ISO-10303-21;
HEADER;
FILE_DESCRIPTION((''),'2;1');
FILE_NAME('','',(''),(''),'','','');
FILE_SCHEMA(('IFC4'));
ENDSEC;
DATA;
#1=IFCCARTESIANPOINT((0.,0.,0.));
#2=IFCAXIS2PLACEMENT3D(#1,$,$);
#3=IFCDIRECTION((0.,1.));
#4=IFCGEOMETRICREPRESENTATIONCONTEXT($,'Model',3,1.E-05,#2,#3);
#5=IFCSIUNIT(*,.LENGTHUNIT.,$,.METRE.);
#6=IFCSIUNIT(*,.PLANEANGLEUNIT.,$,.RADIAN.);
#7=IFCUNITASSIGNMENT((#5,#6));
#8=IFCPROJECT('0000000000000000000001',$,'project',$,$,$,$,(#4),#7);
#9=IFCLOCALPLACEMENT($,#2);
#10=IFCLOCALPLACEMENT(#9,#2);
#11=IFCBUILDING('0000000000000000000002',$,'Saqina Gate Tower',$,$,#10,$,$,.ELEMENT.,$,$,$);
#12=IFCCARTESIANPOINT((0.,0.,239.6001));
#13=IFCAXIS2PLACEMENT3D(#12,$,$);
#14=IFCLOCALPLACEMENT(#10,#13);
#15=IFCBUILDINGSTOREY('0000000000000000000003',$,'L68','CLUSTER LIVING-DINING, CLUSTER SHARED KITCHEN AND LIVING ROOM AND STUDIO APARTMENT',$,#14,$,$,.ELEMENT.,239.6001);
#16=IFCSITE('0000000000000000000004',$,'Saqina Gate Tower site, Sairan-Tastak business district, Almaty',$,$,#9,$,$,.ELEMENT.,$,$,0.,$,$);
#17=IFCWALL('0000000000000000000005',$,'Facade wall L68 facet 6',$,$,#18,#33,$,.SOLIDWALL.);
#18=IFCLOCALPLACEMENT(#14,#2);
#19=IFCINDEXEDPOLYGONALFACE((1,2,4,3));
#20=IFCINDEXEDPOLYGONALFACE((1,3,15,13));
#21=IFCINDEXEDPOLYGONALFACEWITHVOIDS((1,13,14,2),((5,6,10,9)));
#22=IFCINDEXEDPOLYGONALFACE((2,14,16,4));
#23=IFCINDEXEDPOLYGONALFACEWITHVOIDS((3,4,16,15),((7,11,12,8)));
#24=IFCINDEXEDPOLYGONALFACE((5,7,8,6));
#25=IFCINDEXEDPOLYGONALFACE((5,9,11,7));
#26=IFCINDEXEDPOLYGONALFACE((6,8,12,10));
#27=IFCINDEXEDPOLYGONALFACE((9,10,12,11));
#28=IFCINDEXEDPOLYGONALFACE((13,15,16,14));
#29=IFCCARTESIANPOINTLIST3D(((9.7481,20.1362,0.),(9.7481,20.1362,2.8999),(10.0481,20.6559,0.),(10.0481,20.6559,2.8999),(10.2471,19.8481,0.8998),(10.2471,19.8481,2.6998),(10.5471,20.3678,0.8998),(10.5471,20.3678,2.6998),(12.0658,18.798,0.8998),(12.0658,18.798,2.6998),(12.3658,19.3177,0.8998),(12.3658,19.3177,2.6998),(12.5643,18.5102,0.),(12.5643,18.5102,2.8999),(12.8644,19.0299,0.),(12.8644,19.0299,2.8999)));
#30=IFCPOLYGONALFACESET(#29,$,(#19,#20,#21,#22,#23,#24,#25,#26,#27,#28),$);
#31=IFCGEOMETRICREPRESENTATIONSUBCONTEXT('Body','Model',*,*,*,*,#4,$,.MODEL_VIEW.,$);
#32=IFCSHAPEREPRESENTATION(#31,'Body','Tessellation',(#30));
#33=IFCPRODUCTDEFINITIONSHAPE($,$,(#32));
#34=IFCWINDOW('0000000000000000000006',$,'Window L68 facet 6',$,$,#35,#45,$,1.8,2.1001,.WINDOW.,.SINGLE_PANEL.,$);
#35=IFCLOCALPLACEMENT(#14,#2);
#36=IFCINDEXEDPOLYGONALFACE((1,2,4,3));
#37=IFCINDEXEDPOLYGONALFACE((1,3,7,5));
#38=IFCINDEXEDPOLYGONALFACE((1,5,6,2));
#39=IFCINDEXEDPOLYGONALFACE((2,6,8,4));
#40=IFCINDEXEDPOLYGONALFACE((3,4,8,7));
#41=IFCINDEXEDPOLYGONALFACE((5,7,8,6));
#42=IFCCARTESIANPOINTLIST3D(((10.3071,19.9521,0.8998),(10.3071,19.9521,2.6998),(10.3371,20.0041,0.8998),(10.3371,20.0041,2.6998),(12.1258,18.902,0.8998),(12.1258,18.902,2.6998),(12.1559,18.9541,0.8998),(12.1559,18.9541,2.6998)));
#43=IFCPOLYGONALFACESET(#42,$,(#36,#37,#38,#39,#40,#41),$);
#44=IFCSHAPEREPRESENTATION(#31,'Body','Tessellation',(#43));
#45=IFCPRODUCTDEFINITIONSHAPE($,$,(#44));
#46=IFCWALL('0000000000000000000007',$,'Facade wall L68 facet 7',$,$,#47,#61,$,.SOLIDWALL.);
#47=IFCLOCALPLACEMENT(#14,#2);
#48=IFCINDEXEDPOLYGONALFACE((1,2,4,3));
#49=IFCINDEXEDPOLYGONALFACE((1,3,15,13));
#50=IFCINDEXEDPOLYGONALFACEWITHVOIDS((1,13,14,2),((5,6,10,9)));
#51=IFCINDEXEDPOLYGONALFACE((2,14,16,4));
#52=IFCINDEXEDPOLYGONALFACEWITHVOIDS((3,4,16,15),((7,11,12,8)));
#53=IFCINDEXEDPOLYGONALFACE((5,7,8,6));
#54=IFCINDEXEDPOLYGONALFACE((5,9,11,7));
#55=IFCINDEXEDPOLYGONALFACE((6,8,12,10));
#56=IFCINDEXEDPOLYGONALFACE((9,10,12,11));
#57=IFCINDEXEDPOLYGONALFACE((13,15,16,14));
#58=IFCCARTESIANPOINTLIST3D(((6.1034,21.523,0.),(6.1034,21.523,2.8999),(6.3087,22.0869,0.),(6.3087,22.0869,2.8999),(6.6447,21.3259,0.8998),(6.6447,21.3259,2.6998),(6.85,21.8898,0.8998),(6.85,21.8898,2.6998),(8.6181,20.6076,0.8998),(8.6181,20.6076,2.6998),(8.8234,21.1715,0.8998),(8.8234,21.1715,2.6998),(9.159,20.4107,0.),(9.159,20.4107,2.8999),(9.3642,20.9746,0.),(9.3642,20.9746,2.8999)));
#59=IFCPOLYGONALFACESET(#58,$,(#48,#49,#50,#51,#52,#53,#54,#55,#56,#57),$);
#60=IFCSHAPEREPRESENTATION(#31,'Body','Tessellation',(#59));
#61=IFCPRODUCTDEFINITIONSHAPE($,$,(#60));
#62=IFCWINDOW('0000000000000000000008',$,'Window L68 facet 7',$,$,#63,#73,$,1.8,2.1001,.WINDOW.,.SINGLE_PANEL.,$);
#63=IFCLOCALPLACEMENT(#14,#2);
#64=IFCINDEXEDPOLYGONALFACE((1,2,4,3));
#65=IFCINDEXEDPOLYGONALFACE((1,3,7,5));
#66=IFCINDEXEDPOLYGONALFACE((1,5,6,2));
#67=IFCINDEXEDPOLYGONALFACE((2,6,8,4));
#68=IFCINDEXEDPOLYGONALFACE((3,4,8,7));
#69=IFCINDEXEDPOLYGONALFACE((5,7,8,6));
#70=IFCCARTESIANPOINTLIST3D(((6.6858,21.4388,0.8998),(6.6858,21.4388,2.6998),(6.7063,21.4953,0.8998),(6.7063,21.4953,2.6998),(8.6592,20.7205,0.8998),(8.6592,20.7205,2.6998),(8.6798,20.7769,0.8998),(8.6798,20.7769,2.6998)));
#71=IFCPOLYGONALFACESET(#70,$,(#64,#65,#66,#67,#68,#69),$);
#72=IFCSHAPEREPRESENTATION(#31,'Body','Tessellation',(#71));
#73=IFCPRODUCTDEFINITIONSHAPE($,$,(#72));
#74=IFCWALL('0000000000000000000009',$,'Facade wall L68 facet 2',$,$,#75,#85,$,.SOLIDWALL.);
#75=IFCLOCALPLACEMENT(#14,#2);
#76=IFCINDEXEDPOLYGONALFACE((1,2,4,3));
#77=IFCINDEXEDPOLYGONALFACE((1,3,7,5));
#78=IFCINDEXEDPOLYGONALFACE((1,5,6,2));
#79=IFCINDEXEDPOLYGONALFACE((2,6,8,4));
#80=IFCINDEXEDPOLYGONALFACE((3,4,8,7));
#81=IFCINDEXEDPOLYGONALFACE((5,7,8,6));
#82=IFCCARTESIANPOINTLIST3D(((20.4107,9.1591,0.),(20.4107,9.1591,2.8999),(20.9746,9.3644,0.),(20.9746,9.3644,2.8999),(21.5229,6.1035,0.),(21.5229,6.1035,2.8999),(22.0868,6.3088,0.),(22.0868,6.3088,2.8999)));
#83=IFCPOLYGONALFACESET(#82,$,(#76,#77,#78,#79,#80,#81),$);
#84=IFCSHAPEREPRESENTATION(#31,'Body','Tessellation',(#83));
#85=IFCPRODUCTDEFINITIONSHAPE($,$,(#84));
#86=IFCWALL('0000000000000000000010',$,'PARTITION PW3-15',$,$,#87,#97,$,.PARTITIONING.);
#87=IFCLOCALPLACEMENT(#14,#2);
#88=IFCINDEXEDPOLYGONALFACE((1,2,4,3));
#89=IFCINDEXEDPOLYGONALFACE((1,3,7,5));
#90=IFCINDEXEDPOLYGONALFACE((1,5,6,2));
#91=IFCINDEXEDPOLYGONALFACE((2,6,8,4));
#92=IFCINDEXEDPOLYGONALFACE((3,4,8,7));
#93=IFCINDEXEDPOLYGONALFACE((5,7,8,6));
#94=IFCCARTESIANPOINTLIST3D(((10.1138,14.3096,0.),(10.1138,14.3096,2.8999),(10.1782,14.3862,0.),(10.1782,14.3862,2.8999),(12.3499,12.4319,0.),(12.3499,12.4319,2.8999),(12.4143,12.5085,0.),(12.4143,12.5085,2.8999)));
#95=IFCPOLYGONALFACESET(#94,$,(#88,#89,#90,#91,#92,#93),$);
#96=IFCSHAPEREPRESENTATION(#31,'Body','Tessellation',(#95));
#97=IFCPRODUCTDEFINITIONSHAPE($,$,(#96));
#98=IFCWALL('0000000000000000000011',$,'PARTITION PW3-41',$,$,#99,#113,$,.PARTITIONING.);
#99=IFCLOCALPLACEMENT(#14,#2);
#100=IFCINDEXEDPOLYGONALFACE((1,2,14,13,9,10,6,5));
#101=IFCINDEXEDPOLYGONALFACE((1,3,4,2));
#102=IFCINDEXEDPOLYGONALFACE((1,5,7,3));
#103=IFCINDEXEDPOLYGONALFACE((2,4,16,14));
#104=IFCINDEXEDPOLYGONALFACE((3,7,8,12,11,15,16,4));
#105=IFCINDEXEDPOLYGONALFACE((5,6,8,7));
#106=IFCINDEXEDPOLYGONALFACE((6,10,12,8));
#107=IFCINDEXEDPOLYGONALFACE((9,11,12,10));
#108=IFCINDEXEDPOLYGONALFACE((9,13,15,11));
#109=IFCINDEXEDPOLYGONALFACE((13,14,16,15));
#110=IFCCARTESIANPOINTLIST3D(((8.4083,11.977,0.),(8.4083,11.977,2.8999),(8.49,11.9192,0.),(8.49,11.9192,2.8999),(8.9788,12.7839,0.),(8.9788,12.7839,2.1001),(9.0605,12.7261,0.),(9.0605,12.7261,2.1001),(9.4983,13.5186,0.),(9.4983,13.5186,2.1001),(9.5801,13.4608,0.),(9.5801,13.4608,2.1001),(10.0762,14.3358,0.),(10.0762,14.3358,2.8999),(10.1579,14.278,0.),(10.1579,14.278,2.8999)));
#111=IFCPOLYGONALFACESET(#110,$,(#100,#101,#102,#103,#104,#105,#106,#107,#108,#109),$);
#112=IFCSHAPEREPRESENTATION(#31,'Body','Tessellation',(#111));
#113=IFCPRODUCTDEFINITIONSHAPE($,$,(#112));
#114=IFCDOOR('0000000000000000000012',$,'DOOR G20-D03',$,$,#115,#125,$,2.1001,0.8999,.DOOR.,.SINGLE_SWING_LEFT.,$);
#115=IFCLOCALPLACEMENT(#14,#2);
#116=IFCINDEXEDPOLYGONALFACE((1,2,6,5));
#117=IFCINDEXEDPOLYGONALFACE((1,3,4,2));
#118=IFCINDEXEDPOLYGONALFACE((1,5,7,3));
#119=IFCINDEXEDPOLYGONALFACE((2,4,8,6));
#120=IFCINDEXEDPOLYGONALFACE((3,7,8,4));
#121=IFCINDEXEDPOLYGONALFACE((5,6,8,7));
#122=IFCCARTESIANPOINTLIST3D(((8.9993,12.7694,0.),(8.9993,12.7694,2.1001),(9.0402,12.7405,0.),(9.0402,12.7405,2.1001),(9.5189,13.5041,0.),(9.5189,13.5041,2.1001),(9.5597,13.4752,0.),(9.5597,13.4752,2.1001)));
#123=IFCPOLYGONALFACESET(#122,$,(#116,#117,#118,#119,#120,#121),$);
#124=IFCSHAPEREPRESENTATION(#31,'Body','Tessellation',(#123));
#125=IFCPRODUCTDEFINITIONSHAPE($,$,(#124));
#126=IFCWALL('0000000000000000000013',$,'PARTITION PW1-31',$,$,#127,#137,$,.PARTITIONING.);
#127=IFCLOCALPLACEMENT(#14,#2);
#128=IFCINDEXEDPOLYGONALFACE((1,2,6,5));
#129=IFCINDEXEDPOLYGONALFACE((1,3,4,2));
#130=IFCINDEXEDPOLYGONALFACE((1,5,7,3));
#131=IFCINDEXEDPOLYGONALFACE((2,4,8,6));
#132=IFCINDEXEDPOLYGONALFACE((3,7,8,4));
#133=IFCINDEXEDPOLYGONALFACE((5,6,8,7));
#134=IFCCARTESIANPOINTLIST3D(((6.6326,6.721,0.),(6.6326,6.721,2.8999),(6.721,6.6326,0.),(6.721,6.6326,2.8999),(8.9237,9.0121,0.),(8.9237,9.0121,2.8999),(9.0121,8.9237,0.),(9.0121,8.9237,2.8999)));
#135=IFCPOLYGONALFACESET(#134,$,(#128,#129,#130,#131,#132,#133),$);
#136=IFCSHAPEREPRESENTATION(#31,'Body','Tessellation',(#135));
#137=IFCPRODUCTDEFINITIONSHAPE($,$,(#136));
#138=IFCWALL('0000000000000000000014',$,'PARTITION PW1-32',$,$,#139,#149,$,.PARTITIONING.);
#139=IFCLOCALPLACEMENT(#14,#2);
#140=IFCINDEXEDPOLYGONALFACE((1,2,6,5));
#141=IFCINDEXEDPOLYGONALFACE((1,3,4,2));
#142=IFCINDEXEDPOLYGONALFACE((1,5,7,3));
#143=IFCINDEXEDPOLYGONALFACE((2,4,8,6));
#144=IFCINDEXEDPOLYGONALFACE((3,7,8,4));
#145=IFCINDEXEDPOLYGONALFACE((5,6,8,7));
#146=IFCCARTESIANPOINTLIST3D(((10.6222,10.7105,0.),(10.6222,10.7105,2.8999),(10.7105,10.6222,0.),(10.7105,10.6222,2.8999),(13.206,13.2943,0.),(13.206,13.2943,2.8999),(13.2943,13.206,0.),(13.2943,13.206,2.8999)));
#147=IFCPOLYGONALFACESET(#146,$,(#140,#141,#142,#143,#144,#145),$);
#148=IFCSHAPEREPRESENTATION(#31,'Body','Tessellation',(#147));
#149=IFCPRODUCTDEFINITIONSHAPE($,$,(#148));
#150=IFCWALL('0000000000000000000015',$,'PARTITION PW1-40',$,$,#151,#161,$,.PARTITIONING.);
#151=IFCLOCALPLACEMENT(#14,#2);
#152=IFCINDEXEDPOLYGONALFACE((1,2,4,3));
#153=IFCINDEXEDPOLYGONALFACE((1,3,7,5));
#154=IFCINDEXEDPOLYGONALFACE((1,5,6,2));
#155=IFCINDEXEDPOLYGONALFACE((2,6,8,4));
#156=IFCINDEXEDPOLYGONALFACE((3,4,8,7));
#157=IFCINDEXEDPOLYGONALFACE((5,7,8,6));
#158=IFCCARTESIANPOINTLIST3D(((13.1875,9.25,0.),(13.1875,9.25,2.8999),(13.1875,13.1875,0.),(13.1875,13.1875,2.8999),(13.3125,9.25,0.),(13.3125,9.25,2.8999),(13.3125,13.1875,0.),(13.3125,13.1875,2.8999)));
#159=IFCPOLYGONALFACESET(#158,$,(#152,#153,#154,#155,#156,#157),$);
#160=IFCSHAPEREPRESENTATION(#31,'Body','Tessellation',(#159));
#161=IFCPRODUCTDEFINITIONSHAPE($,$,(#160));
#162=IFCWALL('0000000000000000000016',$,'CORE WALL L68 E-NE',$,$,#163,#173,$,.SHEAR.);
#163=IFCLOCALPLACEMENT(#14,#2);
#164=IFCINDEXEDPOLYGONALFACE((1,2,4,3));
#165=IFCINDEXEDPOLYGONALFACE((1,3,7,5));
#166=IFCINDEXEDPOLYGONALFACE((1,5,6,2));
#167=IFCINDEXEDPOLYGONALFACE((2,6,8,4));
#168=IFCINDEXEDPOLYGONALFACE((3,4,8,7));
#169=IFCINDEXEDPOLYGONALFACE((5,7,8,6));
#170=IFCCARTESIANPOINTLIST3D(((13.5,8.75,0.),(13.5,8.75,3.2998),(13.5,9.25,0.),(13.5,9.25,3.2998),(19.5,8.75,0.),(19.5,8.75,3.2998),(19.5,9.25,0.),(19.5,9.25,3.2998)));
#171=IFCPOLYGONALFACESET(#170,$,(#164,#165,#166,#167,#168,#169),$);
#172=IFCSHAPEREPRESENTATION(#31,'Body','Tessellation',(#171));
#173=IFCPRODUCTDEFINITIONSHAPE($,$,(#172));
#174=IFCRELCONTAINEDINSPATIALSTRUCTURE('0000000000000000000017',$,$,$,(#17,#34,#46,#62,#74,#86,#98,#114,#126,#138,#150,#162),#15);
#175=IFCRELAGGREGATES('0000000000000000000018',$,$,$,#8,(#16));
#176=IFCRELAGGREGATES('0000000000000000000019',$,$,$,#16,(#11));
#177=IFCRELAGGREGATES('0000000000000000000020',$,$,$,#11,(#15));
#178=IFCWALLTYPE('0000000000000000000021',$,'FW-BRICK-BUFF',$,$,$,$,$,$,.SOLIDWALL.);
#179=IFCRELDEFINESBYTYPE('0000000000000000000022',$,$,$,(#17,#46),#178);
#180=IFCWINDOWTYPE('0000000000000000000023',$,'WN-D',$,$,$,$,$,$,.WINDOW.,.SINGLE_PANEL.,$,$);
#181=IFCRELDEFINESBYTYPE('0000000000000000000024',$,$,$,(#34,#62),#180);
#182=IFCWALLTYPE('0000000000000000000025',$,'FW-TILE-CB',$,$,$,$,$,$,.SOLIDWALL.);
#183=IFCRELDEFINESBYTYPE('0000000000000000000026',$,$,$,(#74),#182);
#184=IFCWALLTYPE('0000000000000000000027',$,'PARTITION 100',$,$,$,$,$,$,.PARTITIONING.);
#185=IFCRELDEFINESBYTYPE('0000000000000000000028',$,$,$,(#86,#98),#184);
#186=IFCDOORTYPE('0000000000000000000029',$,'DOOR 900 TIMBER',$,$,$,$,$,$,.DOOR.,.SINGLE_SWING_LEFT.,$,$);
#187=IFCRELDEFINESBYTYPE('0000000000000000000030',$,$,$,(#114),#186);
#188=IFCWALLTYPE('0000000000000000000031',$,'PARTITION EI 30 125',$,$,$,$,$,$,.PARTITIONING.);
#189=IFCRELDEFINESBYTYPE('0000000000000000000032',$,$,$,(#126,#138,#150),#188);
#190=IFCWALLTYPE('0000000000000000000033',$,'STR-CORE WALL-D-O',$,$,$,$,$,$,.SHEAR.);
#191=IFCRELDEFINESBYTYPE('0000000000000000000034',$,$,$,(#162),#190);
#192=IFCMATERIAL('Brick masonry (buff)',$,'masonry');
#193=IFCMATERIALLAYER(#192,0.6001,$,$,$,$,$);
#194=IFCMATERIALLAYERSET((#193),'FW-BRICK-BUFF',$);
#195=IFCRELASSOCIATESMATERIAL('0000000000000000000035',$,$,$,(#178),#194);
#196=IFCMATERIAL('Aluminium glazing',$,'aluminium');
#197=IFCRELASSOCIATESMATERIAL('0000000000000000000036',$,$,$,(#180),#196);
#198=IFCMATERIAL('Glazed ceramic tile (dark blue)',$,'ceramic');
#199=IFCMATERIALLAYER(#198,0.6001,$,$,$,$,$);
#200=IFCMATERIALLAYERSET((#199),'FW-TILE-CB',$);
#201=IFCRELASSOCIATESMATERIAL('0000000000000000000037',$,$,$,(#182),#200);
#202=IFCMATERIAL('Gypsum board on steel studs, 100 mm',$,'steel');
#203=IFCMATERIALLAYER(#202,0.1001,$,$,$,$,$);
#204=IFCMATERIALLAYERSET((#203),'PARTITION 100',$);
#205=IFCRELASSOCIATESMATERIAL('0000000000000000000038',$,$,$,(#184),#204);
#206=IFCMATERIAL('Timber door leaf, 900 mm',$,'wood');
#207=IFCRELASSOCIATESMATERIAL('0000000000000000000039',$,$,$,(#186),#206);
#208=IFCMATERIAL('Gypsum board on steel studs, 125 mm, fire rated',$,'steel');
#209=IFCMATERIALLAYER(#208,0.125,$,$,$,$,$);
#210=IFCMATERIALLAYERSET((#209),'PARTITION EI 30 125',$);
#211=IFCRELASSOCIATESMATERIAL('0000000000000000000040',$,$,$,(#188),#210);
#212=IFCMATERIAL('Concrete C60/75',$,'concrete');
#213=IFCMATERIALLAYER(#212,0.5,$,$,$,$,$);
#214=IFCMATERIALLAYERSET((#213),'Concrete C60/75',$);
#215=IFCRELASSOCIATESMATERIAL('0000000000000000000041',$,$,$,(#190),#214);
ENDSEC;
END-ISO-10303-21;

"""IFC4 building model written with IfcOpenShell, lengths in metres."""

from ifc_helpers import new_model, si_unit, direction, frame, frame_2d, origin, place, context, subcontext, project, spatial, rectangle, extrude, material, layer, layer_set, type_object, element, fill, save


model = new_model("IFC4")

# Units and contexts
model_context = context("Model", 3, precision=1e-05, world=origin(), true_north=direction((0.0, 1.0)))
body_context = subcontext(model_context, "Body", "Model", "MODEL_VIEW")
ifc_project = project(units=[si_unit("LENGTHUNIT", "METRE"), si_unit("PLANEANGLEUNIT", "RADIAN")], contexts=[model_context])

# Site, building, storey
site_placement = place(None, origin())
site = spatial("IfcSite", under=ifc_project, at=site_placement, Name="Saqina Gate Tower site, Sairan-Tastak business district, Almaty", CompositionType="ELEMENT", RefElevation=0.0)
building_placement = place(site_placement, origin())
building = spatial("IfcBuilding", under=site, at=building_placement, Name="Saqina Gate Tower", CompositionType="ELEMENT")
storey_placement = place(building_placement, frame((0.0, 0.0, 239.6001)))
storey = spatial("IfcBuildingStorey", under=building, at=storey_placement, Name="L68", Description="CLUSTER LIVING-DINING, CLUSTER SHARED KITCHEN AND LIVING ROOM AND STUDIO APARTMENT", CompositionType="ELEMENT", Elevation=239.6001)

# Walls, openings, windows
ifc_material_1 = material(Name="Brick masonry (buff)", Category="masonry")
ifc_layer_1 = layer(ifc_material_1, 0.6001)
ifc_layer_set_1 = layer_set([ifc_layer_1], Name="FW-BRICK-BUFF")
wall_type_1 = type_object("IfcWallType", Name="FW-BRICK-BUFF", PredefinedType="SOLIDWALL", material=ifc_layer_set_1)
ifc_material_2 = material(Name="Aluminium glazing", Category="aluminium")
window_type = type_object("IfcWindowType", Name="WN-D", PartitioningType="SINGLE_PANEL", PredefinedType="WINDOW", material=ifc_material_2)
wall_1_placement = place(storey_placement, frame((12.7144, 18.77, 0.0), z_axis=(0.0, 0.0, 1.0), x_axis=(-0.866017, 0.500015, 0.0)))
wall_1 = element("IfcWall", 1, at=wall_1_placement, inside=storey, type_object=wall_type_1, Name="Facade wall L68 facet 6", PredefinedType="SOLIDWALL", context=body_context, shape_type="SweptSolid", body=[
    extrude(rectangle(XDim=3.252, YDim=0.6001, at=frame_2d((1.626, 0.0))), origin(), (0.0, 0.0, 1.0), 2.8999),
])
opening_1_placement = place(wall_1_placement, frame((0.5757, 0.0, 0.8999)))
opening_1 = element("IfcOpeningElement", 2, at=opening_1_placement, cuts=wall_1, PredefinedType="OPENING", context=body_context, shape_type="SweptSolid", body=[
    extrude(rectangle(XDim=2.1001, YDim=1.8, at=frame_2d((1.05, 0.8999))), frame((0.0, 0.312, 0.0), z_axis=(0.0, -1.0, 0.0), x_axis=(1.0, 0.0, 0.0)), (0.0, 0.0, 1.0), 0.624),
])
window_1_placement = place(opening_1_placement, origin())
window_1 = element("IfcWindow", 3, at=window_1_placement, inside=storey, type_object=window_type, Name="Window L68 facet 6", OverallHeight=1.8, OverallWidth=2.1001, PartitioningType="SINGLE_PANEL", PredefinedType="WINDOW", context=body_context, shape_type="SweptSolid", body=[
    extrude(rectangle(XDim=2.1001, YDim=1.8, at=frame_2d((1.05, 0.8999))), frame((0.0, 0.1799, 0.0), z_axis=(0.0, -1.0, 0.0), x_axis=(1.0, 0.0, 0.0)), (0.0, 0.0, 1.0), 0.0601),
])
fill(opening_1, window_1)
wall_2_placement = place(storey_placement, frame((9.2617, 20.6926, 0.0), z_axis=(0.0, 0.0, 1.0), x_axis=(-0.939679, 0.342057, 0.0)))
wall_2 = element("IfcWall", 4, at=wall_2_placement, inside=storey, type_object=wall_type_1, Name="Facade wall L68 facet 7", PredefinedType="SOLIDWALL", context=body_context, shape_type="SweptSolid", body=[
    extrude(rectangle(XDim=3.2517, YDim=0.6001, at=frame_2d((1.626, 0.0))), origin(), (0.0, 0.0, 1.0), 2.8999),
])
opening_2_placement = place(wall_2_placement, frame((0.5757, 0.0, 0.8999)))
opening_2 = element("IfcOpeningElement", 5, at=opening_2_placement, cuts=wall_2, PredefinedType="OPENING", context=body_context, shape_type="SweptSolid", body=[
    extrude(rectangle(XDim=2.1001, YDim=1.8, at=frame_2d((1.05, 0.8999))), frame((0.0, 0.312, 0.0), z_axis=(0.0, -1.0, 0.0), x_axis=(1.0, 0.0, 0.0)), (0.0, 0.0, 1.0), 0.624),
])
window_2_placement = place(opening_2_placement, origin())
window_2 = element("IfcWindow", 6, at=window_2_placement, inside=storey, type_object=window_type, Name="Window L68 facet 7", OverallHeight=1.8, OverallWidth=2.1001, PartitioningType="SINGLE_PANEL", PredefinedType="WINDOW", context=body_context, shape_type="SweptSolid", body=[
    extrude(rectangle(XDim=2.1001, YDim=1.8, at=frame_2d((1.05, 0.8999))), frame((0.0, 0.1799, 0.0), z_axis=(0.0, -1.0, 0.0), x_axis=(1.0, 0.0, 0.0)), (0.0, 0.0, 1.0), 0.0601),
])
fill(opening_2, window_2)

# Walls
ifc_material_3 = material(Name="Glazed ceramic tile (dark blue)", Category="ceramic")
ifc_layer_2 = layer(ifc_material_3, 0.6001)
ifc_layer_set_2 = layer_set([ifc_layer_2], Name="FW-TILE-CB")
wall_type_2 = type_object("IfcWallType", Name="FW-TILE-CB", PredefinedType="SOLIDWALL", material=ifc_layer_set_2)
wall_3_placement = place(storey_placement, frame((21.8049, 6.2061, 0.0), z_axis=(0.0, 0.0, 1.0), x_axis=(-0.342057, 0.939679, 0.0)))
element("IfcWall", 7, at=wall_3_placement, inside=storey, type_object=wall_type_2, Name="Facade wall L68 facet 2", PredefinedType="SOLIDWALL", context=body_context, shape_type="SweptSolid", body=[
    extrude(rectangle(XDim=3.2517, YDim=0.6001, at=frame_2d((1.626, 0.0))), origin(), (0.0, 0.0, 1.0), 2.8999),
])
ifc_material_4 = material(Name="Gypsum board on steel studs, 100 mm", Category="steel")
ifc_layer_3 = layer(ifc_material_4, 0.1001)
ifc_layer_set_3 = layer_set([ifc_layer_3], Name="PARTITION 100")
wall_type_3 = type_object("IfcWallType", Name="PARTITION 100", PredefinedType="PARTITIONING", material=ifc_layer_set_3)
wall_4_placement = place(storey_placement, frame((10.146, 14.3479, 0.0), z_axis=(0.0, 0.0, 1.0), x_axis=(0.76581, -0.643067, 0.0)))
element("IfcWall", 8, at=wall_4_placement, inside=storey, type_object=wall_type_3, Name="PARTITION PW3-15", PredefinedType="PARTITIONING", context=body_context, shape_type="SweptSolid", body=[
    extrude(rectangle(XDim=2.9199, YDim=0.1001, at=frame_2d((1.46, 0.0))), origin(), (0.0, 0.0, 1.0), 2.8999),
])

# Wall, opening, door
wall_5_placement = place(storey_placement, frame((8.4492, 11.9482, 0.0), z_axis=(0.0, 0.0, 1.0), x_axis=(0.577347, 0.816499, 0.0)))
wall_5 = element("IfcWall", 9, at=wall_5_placement, inside=storey, type_object=wall_type_3, Name="PARTITION PW3-41", PredefinedType="PARTITIONING", context=body_context, shape_type="SweptSolid", body=[
    extrude(rectangle(XDim=2.8889, YDim=0.1001, at=frame_2d((1.4443, 0.0))), origin(), (0.0, 0.0, 1.0), 2.8999),
])
opening_3_placement = place(wall_5_placement, frame((0.988, 0.0, 0.0)))
opening_3 = element("IfcOpeningElement", 10, at=opening_3_placement, cuts=wall_5, PredefinedType="OPENING", context=body_context, shape_type="SweptSolid", body=[
    extrude(rectangle(XDim=0.8999, YDim=2.1001, at=frame_2d((0.45, 1.05))), frame((0.0, 0.062, 0.0), z_axis=(0.0, -1.0, 0.0), x_axis=(1.0, 0.0, 0.0)), (0.0, 0.0, 1.0), 0.124),
])
ifc_material_5 = material(Name="Timber door leaf, 900 mm", Category="wood")
door_type = type_object("IfcDoorType", Name="DOOR 900 TIMBER", OperationType="SINGLE_SWING_LEFT", PredefinedType="DOOR", material=ifc_material_5)
door_placement = place(opening_3_placement, origin())
door = element("IfcDoor", 11, at=door_placement, inside=storey, type_object=door_type, Name="DOOR G20-D03", OperationType="SINGLE_SWING_LEFT", OverallHeight=2.1001, OverallWidth=0.8999, PredefinedType="DOOR", context=body_context, shape_type="SweptSolid", body=[
    extrude(rectangle(XDim=0.8999, YDim=2.1001, at=frame_2d((0.45, 1.05))), frame((0.0, 0.0249, 0.0), z_axis=(0.0, -1.0, 0.0), x_axis=(1.0, 0.0, 0.0)), (0.0, 0.0, 1.0), 0.05),
])
fill(opening_3, door)

# Walls
ifc_material_6 = material(Name="Gypsum board on steel studs, 125 mm, fire rated", Category="steel")
ifc_layer_4 = layer(ifc_material_6, 0.125)
ifc_layer_set_4 = layer_set([ifc_layer_4], Name="PARTITION EI 30 125")
wall_type_4 = type_object("IfcWallType", Name="PARTITION EI 30 125", PredefinedType="PARTITIONING", material=ifc_layer_set_4)
wall_6_placement = place(storey_placement, frame((6.6768, 6.6768, 0.0), z_axis=(0.0, 0.0, 1.0), x_axis=(0.707107, 0.707107, 0.0)))
element("IfcWall", 12, at=wall_6_placement, inside=storey, type_object=wall_type_4, Name="PARTITION PW1-31", PredefinedType="PARTITIONING", context=body_context, shape_type="SweptSolid", body=[
    extrude(rectangle(XDim=3.24, YDim=0.125, at=frame_2d((1.6201, 0.0))), origin(), (0.0, 0.0, 1.0), 2.8999),
])
wall_7_placement = place(storey_placement, frame((10.6663, 10.6663, 0.0), z_axis=(0.0, 0.0, 1.0), x_axis=(0.707107, 0.707107, 0.0)))
element("IfcWall", 13, at=wall_7_placement, inside=storey, type_object=wall_type_4, Name="PARTITION PW1-32", PredefinedType="PARTITIONING", context=body_context, shape_type="SweptSolid", body=[
    extrude(rectangle(XDim=3.6541, YDim=0.125, at=frame_2d((1.8271, 0.0))), origin(), (0.0, 0.0, 1.0), 2.8999),
])
wall_8_placement = place(storey_placement, frame((13.25, 9.25, 0.0), z_axis=(0.0, 0.0, 1.0), x_axis=(0.0, 1.0, 0.0)))
element("IfcWall", 14, at=wall_8_placement, inside=storey, type_object=wall_type_4, Name="PARTITION PW1-40", PredefinedType="PARTITIONING", context=body_context, shape_type="SweptSolid", body=[
    extrude(rectangle(XDim=3.9375, YDim=0.125, at=frame_2d((1.9688, 0.0))), origin(), (0.0, 0.0, 1.0), 2.8999),
])
ifc_material_7 = material(Name="Concrete C60/75", Category="concrete")
ifc_layer_5 = layer(ifc_material_7, 0.5)
ifc_layer_set_5 = layer_set([ifc_layer_5], Name="Concrete C60/75")
wall_type_5 = type_object("IfcWallType", Name="STR-CORE WALL-D-O", PredefinedType="SHEAR", material=ifc_layer_set_5)
wall_9_placement = place(storey_placement, frame((13.5, 9.0, 0.0), z_axis=(0.0, 0.0, 1.0), x_axis=(1.0, 0.0, 0.0)))
element("IfcWall", 15, at=wall_9_placement, inside=storey, type_object=wall_type_5, Name="CORE WALL L68 E-NE", PredefinedType="SHEAR", context=body_context, shape_type="SweptSolid", body=[
    extrude(rectangle(XDim=6.0, YDim=0.5, at=frame_2d((3.0, 0.0))), origin(), (0.0, 0.0, 1.0), 3.2998),
])

save(model, "model.ifc")
